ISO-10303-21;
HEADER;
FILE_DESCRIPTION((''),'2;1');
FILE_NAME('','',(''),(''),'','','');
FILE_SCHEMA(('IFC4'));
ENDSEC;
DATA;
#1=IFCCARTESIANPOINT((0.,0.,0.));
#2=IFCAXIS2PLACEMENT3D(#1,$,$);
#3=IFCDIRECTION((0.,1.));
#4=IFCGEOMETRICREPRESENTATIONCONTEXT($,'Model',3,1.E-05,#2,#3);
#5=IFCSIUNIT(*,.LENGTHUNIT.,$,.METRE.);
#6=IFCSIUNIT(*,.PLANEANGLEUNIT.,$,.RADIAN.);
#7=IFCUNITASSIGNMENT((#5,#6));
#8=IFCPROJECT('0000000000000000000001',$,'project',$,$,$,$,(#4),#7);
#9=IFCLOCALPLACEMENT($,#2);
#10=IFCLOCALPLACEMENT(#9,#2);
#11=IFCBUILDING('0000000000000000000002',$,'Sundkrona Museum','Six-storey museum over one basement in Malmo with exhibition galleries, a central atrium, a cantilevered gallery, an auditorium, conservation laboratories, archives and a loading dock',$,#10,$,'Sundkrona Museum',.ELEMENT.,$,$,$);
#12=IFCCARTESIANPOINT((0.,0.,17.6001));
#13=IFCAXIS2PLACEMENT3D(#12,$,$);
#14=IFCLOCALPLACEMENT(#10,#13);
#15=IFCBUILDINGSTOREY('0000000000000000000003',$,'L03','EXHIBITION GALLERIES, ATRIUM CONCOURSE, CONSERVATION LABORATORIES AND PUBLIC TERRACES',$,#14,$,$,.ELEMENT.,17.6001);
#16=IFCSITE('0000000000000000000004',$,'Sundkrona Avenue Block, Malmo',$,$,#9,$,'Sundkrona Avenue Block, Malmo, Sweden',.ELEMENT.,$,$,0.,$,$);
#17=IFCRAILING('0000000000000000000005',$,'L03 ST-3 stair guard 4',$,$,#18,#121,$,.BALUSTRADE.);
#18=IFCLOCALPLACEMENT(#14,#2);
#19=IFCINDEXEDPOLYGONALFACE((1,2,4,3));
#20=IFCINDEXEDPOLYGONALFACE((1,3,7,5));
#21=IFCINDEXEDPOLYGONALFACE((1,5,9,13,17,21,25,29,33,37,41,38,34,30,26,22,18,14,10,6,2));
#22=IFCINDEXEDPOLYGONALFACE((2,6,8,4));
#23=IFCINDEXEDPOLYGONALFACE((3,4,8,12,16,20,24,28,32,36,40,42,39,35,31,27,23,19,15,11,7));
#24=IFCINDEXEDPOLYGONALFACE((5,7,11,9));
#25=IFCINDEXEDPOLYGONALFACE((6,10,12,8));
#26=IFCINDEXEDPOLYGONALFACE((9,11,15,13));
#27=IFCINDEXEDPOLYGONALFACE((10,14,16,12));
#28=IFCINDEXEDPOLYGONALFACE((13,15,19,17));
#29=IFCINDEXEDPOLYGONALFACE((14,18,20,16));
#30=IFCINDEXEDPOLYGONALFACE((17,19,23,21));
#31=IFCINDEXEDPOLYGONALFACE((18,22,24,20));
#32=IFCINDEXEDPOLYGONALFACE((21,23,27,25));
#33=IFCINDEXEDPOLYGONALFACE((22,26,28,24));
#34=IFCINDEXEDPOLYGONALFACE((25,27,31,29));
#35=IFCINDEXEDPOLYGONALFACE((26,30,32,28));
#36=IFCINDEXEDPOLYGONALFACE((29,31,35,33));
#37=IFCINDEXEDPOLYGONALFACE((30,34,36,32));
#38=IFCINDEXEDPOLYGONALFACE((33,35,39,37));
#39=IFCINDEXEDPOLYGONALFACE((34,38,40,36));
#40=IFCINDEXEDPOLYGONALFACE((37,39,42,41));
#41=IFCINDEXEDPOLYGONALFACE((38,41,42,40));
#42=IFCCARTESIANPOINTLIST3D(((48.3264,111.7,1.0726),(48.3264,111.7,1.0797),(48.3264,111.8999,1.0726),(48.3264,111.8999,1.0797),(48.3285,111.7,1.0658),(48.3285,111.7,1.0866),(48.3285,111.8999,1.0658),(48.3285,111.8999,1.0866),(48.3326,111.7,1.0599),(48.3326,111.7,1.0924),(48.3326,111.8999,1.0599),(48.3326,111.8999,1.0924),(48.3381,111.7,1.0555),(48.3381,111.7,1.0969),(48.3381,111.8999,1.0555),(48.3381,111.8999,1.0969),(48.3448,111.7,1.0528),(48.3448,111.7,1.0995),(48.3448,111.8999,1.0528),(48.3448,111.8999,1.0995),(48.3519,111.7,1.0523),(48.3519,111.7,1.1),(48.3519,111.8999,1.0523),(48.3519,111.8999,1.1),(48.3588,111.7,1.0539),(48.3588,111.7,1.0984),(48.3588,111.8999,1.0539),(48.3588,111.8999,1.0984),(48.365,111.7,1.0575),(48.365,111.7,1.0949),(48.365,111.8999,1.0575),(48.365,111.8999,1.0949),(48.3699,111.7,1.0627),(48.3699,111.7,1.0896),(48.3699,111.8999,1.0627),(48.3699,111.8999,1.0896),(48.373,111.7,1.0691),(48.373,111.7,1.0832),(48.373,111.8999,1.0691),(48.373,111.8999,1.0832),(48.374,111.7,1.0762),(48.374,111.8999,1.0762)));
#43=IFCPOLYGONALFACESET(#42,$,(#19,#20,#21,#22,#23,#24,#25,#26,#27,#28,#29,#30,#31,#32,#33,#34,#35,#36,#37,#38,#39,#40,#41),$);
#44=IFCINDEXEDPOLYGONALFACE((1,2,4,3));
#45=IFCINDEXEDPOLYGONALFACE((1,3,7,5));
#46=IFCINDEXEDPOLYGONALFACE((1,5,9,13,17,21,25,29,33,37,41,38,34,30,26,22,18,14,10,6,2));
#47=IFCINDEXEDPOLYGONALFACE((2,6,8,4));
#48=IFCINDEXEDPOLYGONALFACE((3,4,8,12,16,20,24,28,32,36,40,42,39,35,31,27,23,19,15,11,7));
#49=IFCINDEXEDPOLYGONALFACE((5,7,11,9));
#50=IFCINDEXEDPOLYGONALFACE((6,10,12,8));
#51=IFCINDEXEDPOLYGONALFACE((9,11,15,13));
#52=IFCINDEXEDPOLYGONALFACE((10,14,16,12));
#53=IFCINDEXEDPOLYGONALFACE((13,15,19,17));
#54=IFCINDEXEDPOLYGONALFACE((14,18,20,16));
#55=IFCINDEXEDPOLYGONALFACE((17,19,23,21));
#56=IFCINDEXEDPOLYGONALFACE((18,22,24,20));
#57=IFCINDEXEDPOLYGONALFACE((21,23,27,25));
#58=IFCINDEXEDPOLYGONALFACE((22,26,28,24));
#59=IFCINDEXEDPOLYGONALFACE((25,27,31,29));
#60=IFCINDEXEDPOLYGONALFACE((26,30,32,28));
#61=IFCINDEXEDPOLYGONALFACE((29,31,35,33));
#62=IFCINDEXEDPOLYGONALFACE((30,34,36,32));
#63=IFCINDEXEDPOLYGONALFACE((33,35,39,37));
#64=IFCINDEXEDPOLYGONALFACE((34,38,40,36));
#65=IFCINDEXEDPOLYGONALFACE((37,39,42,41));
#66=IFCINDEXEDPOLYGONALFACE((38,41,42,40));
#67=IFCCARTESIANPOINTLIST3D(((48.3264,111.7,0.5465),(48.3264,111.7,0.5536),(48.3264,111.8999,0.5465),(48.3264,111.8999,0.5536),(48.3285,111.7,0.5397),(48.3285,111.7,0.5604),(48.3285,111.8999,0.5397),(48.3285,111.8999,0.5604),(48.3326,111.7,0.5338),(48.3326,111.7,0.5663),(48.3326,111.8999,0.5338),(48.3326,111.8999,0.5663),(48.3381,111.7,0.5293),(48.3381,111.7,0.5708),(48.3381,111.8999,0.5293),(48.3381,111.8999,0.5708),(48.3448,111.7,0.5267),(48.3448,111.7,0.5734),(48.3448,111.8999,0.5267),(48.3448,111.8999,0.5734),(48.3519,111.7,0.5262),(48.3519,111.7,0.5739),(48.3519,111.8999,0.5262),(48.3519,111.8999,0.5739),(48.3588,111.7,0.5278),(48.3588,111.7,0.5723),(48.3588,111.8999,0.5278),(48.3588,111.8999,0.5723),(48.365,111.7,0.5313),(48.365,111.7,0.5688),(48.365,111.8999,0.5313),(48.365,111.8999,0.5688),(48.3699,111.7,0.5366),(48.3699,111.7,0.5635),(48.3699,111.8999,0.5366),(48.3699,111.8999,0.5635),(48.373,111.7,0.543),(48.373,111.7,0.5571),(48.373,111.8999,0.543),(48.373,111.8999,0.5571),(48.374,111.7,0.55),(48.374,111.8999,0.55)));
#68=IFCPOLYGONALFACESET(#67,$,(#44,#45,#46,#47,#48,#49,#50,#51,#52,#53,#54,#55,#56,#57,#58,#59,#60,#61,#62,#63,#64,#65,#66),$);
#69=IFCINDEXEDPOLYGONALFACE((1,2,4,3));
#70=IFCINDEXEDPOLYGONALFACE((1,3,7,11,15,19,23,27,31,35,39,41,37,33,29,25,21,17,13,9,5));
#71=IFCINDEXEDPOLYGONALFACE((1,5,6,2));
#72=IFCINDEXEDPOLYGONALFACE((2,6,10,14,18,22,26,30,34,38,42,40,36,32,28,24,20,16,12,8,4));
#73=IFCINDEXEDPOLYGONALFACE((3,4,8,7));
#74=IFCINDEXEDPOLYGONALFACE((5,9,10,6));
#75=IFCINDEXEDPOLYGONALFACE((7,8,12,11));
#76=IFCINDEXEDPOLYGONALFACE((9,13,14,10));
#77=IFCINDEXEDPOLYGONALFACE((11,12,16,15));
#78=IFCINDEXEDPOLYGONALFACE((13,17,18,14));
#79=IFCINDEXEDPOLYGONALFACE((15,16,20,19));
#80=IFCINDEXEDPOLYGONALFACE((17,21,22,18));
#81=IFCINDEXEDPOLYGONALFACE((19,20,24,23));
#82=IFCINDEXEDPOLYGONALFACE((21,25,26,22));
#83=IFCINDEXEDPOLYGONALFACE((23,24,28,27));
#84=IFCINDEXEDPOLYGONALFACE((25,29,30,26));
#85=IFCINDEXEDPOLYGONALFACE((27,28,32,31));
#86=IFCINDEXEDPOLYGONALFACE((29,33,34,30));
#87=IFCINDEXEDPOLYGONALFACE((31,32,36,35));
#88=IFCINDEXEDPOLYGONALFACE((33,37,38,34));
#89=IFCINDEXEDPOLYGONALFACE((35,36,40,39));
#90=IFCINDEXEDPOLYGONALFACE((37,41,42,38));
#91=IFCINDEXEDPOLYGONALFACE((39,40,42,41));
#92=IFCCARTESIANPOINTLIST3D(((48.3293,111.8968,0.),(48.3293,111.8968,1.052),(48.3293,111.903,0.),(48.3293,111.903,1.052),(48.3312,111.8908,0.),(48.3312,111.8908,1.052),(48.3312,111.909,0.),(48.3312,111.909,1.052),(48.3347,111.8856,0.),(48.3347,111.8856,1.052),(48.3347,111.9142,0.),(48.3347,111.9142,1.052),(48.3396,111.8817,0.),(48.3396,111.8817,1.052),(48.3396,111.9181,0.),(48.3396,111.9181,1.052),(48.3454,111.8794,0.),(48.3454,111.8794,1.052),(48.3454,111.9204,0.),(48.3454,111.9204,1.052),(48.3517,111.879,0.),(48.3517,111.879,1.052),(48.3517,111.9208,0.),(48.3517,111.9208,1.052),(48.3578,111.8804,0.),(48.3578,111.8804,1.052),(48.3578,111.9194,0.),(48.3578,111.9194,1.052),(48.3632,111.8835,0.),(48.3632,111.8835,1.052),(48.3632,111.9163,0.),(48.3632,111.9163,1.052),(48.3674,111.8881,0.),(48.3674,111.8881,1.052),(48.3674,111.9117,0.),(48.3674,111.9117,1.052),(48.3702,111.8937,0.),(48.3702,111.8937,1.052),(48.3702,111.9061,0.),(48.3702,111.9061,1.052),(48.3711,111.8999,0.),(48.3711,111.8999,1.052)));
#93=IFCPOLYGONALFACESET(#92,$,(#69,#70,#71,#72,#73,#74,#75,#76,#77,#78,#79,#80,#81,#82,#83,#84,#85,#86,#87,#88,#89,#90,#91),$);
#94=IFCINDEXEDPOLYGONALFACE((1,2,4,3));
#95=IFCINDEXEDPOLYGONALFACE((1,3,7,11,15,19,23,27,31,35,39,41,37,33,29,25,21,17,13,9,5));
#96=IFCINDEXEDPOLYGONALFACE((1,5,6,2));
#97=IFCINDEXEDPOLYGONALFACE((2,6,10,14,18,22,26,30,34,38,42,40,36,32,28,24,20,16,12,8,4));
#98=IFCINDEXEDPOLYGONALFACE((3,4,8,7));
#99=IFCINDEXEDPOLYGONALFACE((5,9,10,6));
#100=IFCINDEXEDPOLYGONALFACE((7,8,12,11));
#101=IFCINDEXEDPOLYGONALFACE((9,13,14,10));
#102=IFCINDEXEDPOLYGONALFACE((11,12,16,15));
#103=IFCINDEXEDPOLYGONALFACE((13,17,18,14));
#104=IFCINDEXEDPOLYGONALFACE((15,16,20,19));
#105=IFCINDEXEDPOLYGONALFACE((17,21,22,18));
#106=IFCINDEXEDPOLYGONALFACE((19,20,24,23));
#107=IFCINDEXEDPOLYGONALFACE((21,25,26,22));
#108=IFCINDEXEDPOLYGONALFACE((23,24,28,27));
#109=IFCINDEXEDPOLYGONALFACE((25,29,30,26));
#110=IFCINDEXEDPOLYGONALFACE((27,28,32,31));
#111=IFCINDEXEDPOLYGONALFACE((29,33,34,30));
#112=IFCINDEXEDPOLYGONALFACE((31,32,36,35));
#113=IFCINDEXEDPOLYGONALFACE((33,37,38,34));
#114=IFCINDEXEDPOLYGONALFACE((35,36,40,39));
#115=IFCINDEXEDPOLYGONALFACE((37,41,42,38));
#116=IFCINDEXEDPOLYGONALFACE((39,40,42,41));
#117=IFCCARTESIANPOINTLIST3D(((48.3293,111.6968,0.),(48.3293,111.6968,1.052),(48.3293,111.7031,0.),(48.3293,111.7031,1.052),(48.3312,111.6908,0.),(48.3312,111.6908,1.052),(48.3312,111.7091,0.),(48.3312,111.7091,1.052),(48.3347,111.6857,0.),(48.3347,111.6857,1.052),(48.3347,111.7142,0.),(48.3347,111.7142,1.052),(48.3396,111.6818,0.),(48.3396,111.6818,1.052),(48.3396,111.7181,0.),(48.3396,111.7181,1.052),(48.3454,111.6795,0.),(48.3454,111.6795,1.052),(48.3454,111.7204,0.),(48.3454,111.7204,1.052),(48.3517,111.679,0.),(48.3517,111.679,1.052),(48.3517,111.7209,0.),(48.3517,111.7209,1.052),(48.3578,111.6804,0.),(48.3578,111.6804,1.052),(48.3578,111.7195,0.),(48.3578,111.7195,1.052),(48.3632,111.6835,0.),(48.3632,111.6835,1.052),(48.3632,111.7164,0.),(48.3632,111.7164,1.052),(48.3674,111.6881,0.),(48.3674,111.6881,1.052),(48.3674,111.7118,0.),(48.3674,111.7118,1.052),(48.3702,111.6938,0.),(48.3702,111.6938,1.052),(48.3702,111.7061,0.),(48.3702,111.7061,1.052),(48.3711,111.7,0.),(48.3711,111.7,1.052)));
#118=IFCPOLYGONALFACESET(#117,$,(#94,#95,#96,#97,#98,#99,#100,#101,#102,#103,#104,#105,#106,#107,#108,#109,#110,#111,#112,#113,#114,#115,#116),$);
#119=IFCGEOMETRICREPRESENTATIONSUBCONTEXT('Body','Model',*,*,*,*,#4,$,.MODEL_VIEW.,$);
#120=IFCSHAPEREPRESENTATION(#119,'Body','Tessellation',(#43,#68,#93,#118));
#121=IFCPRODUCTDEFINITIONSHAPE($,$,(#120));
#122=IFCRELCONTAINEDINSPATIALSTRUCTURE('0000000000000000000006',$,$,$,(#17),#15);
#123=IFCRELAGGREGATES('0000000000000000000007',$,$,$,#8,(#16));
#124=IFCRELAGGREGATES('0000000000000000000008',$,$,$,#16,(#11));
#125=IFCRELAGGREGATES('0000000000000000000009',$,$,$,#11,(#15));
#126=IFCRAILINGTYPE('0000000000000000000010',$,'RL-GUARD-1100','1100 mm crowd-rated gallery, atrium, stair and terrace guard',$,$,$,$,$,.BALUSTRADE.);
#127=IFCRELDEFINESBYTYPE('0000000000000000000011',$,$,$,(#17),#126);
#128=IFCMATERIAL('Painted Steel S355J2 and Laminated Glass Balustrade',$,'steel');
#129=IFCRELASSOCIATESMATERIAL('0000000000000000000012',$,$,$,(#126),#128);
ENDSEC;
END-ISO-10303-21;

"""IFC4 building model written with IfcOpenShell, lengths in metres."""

from ifc_helpers import new_model, si_unit, direction, frame, origin, origin_2d, place, context, subcontext, project, spatial, circle, extrude, material, type_object, element, save


model = new_model("IFC4")

# Units and contexts
model_context = context("Model", 3, precision=1e-05, world=origin(), true_north=direction((0.0, 1.0)))
body_context = subcontext(model_context, "Body", "Model", "MODEL_VIEW")
ifc_project = project(units=[si_unit("LENGTHUNIT", "METRE"), si_unit("PLANEANGLEUNIT", "RADIAN")], contexts=[model_context])

# Site, building, storey
site_placement = place(None, origin())
site = spatial("IfcSite", under=ifc_project, at=site_placement, Name="Sundkrona Avenue Block, Malmo", LongName="Sundkrona Avenue Block, Malmo, Sweden", CompositionType="ELEMENT", RefElevation=0.0)
building_placement = place(site_placement, origin())
building = spatial("IfcBuilding", under=site, at=building_placement, Name="Sundkrona Museum", Description="Six-storey museum over one basement in Malmo with exhibition galleries, a central atrium, a cantilevered gallery, an auditorium, conservation laboratories, archives and a loading dock", LongName="Sundkrona Museum", CompositionType="ELEMENT")
storey_placement = place(building_placement, frame((0.0, 0.0, 17.6001)))
storey = spatial("IfcBuildingStorey", under=building, at=storey_placement, Name="L03", Description="EXHIBITION GALLERIES, ATRIUM CONCOURSE, CONSERVATION LABORATORIES AND PUBLIC TERRACES", CompositionType="ELEMENT", Elevation=17.6001)

# Railing
ifc_material_1 = material(Name="Painted Steel S355J2 and Laminated Glass Balustrade", Category="steel")
railing_type_1 = type_object("IfcRailingType", Name="RL-GUARD-1100", Description="1100 mm crowd-rated gallery, atrium, stair and terrace guard", PredefinedType="BALUSTRADE", material=ifc_material_1)
railing_1_placement = place(storey_placement, frame((48.3501, 111.8999, 0.0)))
element("IfcRailing", 1, at=railing_1_placement, inside=storey, type_object=railing_type_1, Name="L03 ST-3 stair guard 4", PredefinedType="BALUSTRADE", context=body_context, shape_type="SweptSolid", body=[
    extrude(circle(Radius=0.0239, at=origin_2d()), frame((0.0, 0.0, 1.0762), z_axis=(0.0, -1.0, 0.0), x_axis=(1.0, 0.0, 0.0)), (0.0, 0.0, 1.0), 0.2),
    extrude(circle(Radius=0.0239, at=origin_2d()), frame((0.0, 0.0, 0.55), z_axis=(0.0, -1.0, 0.0), x_axis=(1.0, 0.0, 0.0)), (0.0, 0.0, 1.0), 0.2),
    extrude(circle(Radius=0.021, at=origin_2d()), origin(), (0.0, 0.0, 1.0), 1.052),
    extrude(circle(Radius=0.021, at=origin_2d()), frame((0.0, -0.2, 0.0)), (0.0, 0.0, 1.0), 1.052),
])

save(model, "model.ifc")
